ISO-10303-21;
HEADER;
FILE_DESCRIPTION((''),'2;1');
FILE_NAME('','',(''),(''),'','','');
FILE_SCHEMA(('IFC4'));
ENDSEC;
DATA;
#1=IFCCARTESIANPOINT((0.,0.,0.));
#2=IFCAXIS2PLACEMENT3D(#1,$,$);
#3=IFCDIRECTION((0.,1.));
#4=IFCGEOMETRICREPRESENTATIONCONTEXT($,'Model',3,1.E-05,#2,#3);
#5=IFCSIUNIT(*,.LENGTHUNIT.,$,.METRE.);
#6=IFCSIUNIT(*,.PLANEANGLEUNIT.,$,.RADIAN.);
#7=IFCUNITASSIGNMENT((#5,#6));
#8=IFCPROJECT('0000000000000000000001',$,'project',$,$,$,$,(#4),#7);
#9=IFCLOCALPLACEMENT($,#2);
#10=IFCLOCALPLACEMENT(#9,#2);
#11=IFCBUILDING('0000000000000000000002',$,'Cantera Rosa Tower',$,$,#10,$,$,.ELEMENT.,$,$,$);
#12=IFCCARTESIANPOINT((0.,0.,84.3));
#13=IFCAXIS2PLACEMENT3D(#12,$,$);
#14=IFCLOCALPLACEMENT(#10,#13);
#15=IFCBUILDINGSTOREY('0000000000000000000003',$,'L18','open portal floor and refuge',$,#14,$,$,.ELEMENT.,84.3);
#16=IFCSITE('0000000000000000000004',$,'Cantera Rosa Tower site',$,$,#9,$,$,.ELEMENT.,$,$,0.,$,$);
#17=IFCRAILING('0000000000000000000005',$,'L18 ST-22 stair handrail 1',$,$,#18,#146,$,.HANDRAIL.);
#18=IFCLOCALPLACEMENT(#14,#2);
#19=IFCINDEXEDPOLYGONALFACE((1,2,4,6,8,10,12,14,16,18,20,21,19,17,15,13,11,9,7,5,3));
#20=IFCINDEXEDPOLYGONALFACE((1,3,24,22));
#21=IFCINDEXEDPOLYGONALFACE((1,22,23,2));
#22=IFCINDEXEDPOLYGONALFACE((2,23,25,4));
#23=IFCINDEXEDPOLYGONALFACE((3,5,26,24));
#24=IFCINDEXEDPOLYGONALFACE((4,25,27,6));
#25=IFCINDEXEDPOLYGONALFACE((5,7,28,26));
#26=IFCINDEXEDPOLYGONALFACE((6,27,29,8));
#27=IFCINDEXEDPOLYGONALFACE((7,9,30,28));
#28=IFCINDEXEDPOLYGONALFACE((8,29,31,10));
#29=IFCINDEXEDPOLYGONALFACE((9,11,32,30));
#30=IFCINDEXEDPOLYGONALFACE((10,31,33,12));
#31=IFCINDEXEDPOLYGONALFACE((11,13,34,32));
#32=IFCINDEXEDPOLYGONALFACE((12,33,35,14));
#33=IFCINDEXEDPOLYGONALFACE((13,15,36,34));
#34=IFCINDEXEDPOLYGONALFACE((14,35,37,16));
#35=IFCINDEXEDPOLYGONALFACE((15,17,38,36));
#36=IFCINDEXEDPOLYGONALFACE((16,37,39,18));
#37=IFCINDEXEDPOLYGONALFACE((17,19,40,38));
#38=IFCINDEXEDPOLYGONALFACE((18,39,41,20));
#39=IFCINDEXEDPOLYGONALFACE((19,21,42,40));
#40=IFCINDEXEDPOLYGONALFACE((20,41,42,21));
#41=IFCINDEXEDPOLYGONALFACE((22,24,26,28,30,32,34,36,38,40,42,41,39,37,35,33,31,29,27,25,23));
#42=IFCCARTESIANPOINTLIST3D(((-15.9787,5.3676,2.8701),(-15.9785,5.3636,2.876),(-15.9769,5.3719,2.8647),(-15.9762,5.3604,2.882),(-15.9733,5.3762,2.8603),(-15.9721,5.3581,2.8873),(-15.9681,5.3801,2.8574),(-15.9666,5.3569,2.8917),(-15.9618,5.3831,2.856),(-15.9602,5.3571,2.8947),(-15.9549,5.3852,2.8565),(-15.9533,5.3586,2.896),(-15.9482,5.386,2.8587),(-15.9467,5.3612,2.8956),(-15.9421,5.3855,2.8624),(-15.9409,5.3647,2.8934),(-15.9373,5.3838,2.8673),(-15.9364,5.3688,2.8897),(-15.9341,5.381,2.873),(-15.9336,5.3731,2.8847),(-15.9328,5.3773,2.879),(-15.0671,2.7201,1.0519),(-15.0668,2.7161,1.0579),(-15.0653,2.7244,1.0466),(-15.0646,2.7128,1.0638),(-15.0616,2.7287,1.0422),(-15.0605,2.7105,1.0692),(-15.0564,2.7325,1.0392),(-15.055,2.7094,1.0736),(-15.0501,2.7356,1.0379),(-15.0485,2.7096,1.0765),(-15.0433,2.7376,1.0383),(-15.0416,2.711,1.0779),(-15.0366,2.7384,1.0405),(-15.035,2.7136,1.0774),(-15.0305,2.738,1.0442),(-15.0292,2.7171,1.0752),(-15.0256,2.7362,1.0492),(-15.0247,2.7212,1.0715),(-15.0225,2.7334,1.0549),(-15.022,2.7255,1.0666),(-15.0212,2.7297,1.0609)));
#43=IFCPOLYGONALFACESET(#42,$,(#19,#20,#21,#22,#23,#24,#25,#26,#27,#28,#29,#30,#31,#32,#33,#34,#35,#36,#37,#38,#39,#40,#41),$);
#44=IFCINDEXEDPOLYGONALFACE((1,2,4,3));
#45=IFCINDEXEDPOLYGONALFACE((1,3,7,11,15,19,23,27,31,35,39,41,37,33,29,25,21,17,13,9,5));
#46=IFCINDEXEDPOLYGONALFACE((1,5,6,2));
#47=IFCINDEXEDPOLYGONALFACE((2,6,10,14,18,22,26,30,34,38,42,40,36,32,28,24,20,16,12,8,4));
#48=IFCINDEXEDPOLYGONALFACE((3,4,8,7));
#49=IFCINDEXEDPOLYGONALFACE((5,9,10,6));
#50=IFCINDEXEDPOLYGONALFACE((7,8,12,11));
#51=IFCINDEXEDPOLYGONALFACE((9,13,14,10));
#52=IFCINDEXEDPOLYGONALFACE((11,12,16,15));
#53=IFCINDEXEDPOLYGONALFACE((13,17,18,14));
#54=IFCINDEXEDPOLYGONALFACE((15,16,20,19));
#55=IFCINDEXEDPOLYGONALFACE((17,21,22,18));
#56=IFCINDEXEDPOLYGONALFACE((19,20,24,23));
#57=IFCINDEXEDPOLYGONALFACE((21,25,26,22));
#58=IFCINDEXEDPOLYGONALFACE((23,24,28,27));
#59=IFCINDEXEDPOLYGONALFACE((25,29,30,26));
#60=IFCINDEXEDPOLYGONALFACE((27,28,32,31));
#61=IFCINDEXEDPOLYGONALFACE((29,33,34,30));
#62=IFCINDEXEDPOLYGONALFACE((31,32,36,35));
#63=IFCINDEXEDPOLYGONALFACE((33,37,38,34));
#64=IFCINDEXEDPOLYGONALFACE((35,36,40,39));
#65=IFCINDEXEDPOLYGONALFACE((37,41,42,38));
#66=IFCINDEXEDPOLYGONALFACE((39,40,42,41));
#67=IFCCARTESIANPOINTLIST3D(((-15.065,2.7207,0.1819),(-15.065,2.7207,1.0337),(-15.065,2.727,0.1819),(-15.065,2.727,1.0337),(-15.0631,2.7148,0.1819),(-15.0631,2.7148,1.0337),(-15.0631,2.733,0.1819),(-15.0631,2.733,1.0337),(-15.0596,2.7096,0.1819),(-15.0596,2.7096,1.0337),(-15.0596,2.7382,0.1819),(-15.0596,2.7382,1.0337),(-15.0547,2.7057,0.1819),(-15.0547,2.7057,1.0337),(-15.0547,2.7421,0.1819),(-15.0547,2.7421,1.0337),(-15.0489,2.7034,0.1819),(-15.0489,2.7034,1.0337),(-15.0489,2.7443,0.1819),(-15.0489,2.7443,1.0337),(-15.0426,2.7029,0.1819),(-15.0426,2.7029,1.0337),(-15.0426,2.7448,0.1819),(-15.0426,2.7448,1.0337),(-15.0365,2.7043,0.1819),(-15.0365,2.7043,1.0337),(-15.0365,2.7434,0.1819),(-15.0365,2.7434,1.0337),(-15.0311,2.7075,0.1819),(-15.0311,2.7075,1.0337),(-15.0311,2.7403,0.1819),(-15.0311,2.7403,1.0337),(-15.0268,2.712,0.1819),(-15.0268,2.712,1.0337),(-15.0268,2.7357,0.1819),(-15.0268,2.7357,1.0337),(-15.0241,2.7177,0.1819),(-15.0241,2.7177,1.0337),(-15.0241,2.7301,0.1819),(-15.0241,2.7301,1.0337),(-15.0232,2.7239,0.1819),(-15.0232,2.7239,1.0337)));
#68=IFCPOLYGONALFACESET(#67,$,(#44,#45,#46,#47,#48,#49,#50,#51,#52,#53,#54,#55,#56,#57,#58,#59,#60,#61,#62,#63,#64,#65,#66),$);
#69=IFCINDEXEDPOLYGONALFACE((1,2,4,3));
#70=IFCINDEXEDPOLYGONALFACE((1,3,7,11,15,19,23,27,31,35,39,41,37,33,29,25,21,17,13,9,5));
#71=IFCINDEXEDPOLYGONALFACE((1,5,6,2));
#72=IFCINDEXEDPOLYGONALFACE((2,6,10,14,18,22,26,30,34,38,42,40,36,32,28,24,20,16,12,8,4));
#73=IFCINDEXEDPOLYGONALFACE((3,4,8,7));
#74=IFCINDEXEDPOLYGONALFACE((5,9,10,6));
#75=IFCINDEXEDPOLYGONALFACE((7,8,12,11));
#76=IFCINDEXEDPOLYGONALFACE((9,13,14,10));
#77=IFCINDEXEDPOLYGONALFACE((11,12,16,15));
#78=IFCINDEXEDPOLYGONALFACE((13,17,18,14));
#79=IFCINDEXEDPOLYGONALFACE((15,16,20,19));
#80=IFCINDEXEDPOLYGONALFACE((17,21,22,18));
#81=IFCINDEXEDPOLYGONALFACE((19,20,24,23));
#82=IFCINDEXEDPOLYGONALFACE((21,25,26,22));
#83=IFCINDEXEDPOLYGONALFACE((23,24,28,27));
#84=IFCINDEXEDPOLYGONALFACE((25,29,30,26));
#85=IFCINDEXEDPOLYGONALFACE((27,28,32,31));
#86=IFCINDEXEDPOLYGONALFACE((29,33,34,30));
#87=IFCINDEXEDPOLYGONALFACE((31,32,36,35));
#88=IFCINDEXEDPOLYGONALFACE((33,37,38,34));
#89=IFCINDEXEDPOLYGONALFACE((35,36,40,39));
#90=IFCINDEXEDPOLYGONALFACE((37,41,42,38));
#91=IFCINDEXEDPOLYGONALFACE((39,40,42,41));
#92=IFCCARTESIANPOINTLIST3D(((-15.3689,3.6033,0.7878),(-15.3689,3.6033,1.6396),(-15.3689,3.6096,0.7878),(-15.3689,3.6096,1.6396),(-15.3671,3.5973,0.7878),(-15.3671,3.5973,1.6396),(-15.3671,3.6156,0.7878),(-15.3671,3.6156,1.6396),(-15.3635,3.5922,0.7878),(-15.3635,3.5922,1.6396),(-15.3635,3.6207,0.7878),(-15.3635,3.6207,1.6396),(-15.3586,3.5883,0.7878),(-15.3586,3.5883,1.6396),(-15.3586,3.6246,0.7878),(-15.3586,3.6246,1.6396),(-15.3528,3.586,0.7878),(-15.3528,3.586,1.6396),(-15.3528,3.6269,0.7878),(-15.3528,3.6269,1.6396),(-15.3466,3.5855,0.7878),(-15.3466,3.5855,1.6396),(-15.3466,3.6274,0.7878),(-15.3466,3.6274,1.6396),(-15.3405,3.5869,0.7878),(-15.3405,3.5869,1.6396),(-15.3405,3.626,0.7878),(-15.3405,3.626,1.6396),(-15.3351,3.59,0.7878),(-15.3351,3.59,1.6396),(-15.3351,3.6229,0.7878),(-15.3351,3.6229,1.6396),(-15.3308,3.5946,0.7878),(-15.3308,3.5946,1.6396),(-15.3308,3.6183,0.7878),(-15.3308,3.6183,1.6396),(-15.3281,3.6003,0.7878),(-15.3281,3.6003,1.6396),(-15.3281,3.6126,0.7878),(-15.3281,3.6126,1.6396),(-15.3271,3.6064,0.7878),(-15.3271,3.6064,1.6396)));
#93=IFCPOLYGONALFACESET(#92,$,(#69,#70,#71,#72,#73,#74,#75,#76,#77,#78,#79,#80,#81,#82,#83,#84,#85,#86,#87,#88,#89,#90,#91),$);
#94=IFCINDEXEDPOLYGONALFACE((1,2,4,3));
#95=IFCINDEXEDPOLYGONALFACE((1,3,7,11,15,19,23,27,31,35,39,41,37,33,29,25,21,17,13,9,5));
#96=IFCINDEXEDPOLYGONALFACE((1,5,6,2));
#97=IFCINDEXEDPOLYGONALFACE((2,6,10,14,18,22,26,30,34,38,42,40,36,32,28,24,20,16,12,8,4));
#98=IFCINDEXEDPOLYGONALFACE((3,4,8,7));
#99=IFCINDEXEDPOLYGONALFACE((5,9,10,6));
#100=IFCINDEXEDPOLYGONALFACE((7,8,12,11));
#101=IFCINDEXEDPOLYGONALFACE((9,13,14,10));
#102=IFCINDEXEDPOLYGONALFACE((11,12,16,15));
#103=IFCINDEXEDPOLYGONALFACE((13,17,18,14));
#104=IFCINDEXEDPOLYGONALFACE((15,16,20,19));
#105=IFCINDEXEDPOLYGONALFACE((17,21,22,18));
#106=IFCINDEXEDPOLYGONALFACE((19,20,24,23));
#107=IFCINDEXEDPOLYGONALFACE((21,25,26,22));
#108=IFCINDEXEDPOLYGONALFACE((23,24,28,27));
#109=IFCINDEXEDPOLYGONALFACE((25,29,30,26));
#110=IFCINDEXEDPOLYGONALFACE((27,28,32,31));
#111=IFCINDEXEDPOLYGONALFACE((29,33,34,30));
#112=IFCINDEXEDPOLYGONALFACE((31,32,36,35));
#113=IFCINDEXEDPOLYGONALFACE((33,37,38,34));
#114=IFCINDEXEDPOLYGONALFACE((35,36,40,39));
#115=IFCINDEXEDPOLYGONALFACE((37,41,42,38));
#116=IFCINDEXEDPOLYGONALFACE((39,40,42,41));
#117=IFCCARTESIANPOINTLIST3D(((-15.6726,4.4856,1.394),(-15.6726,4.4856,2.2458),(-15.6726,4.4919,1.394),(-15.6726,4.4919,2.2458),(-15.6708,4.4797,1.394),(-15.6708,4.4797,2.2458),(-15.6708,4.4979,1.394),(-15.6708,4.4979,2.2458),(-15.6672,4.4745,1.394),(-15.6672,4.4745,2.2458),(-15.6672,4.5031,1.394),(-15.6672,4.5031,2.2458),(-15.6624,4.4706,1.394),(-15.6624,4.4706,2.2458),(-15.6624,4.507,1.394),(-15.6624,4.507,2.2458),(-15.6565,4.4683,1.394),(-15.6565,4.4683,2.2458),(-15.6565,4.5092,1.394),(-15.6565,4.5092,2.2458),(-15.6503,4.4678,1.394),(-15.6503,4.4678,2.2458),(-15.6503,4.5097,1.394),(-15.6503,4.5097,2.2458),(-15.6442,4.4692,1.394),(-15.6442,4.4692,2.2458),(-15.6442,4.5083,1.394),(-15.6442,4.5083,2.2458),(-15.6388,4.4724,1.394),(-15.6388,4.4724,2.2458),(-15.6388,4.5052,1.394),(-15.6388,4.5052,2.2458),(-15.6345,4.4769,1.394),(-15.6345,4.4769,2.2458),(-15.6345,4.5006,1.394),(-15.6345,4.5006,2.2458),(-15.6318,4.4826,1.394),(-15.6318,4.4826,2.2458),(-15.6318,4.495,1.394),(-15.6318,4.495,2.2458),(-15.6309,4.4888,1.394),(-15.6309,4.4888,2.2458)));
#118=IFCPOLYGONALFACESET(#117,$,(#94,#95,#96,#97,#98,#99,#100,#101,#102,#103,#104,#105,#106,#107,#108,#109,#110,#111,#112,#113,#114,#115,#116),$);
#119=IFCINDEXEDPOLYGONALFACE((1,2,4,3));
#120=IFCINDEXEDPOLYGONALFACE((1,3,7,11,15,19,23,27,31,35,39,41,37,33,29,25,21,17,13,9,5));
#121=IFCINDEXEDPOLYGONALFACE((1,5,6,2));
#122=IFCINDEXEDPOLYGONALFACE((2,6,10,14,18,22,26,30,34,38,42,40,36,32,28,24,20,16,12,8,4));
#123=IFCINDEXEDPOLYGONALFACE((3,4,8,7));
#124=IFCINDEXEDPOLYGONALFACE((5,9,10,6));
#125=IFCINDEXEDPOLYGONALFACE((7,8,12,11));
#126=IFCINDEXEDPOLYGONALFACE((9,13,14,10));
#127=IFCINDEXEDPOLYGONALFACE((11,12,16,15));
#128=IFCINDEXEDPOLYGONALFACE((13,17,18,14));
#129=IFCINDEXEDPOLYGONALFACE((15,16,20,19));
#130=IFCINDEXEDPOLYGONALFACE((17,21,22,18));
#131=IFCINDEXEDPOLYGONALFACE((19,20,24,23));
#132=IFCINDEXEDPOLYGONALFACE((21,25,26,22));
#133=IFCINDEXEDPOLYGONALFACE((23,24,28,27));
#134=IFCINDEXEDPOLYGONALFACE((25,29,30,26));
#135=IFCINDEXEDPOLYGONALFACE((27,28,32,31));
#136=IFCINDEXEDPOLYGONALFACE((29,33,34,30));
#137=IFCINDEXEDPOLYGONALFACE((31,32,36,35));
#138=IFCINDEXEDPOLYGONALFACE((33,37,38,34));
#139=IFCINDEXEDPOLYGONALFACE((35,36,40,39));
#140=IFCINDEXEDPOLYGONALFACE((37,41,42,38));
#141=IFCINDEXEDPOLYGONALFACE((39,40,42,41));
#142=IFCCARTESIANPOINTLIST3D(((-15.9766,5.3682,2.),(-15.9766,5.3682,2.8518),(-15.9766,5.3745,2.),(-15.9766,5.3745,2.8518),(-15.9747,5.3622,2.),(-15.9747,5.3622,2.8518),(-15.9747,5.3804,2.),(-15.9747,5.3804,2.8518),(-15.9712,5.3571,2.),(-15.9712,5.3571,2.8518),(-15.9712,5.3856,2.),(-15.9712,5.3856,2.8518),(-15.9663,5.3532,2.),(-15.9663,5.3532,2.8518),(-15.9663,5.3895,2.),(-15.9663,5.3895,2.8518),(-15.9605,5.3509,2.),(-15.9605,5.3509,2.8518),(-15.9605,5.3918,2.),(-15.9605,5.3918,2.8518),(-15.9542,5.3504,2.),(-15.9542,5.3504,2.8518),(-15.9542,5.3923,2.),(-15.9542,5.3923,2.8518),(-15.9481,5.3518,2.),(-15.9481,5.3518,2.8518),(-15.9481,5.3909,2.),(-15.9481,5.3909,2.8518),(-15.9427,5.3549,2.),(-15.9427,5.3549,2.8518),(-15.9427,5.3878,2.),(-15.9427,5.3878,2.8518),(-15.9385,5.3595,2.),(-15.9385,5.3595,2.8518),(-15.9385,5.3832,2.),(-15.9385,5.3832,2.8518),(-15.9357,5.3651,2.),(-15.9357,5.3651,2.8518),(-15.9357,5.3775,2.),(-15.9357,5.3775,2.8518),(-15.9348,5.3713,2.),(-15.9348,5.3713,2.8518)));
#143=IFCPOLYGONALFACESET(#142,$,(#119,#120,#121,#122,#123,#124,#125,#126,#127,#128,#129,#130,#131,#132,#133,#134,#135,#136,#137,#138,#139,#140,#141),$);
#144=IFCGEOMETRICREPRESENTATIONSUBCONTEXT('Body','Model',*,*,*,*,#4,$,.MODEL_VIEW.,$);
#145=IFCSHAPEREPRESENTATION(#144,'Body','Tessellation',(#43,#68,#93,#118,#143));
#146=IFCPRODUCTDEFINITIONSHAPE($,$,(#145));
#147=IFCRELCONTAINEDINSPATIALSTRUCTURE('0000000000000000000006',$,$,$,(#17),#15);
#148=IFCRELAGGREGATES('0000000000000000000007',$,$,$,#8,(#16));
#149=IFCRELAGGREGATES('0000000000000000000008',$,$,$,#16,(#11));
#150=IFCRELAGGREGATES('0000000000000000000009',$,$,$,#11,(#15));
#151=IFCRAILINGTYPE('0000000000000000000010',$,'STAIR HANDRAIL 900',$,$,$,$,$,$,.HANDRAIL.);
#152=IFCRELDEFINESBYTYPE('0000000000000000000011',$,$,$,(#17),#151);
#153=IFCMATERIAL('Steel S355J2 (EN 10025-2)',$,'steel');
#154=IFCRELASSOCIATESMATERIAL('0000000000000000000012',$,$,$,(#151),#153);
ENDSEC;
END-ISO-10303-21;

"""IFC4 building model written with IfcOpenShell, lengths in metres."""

from ifc_helpers import new_model, si_unit, direction, frame, origin, origin_2d, place, context, subcontext, project, spatial, circle, extrude, material, type_object, element, save


model = new_model("IFC4")

# Units and contexts
model_context = context("Model", 3, precision=1e-05, world=origin(), true_north=direction((0.0, 1.0)))
body_context = subcontext(model_context, "Body", "Model", "MODEL_VIEW")
ifc_project = project(units=[si_unit("LENGTHUNIT", "METRE"), si_unit("PLANEANGLEUNIT", "RADIAN")], contexts=[model_context])

# Site, building, storey
site_placement = place(None, origin())
site = spatial("IfcSite", under=ifc_project, at=site_placement, Name="Cantera Rosa Tower site", CompositionType="ELEMENT", RefElevation=0.0)
building_placement = place(site_placement, origin())
building = spatial("IfcBuilding", under=site, at=building_placement, Name="Cantera Rosa Tower", CompositionType="ELEMENT")
storey_placement = place(building_placement, frame((0.0, 0.0, 84.3)))
storey = spatial("IfcBuildingStorey", under=building, at=storey_placement, Name="L18", Description="open portal floor and refuge", CompositionType="ELEMENT", Elevation=84.3)

# Railing
ifc_material_1 = material(Name="Steel S355J2 (EN 10025-2)", Category="steel")
railing_type_1 = type_object("IfcRailingType", Name="STAIR HANDRAIL 900", PredefinedType="HANDRAIL", material=ifc_material_1)
for number, where, name in (
    (1, (-15.0442, 2.7239, 0.1819), "L18 ST-22 stair handrail 1"),
):
    element("IfcRailing", number, at=place(storey_placement, frame(where)), inside=storey, type_object=railing_type_1, Name=name, PredefinedType="HANDRAIL", context=body_context, shape_type="SweptSolid", body=[
        extrude(circle(Radius=0.0239, at=origin_2d()), frame((0.0, 0.0, 0.876), z_axis=(-0.273062, 0.793007, 0.544589), x_axis=(-0.945516, -0.325577, 0.0)), (0.0, 0.0, 1.0), 3.3386),
        extrude(circle(Radius=0.021, at=origin_2d()), origin(), (0.0, 0.0, 1.0), 0.8518),
        extrude(circle(Radius=0.021, at=origin_2d()), frame((-0.304, 0.8826, 0.606)), (0.0, 0.0, 1.0), 0.8518),
        extrude(circle(Radius=0.021, at=origin_2d()), frame((-0.6077, 1.7649, 1.2122)), (0.0, 0.0, 1.0), 0.8518),
        extrude(circle(Radius=0.021, at=origin_2d()), frame((-0.9116, 2.6475, 1.8181)), (0.0, 0.0, 1.0), 0.8518),
    ])

save(model, "model.ifc")
